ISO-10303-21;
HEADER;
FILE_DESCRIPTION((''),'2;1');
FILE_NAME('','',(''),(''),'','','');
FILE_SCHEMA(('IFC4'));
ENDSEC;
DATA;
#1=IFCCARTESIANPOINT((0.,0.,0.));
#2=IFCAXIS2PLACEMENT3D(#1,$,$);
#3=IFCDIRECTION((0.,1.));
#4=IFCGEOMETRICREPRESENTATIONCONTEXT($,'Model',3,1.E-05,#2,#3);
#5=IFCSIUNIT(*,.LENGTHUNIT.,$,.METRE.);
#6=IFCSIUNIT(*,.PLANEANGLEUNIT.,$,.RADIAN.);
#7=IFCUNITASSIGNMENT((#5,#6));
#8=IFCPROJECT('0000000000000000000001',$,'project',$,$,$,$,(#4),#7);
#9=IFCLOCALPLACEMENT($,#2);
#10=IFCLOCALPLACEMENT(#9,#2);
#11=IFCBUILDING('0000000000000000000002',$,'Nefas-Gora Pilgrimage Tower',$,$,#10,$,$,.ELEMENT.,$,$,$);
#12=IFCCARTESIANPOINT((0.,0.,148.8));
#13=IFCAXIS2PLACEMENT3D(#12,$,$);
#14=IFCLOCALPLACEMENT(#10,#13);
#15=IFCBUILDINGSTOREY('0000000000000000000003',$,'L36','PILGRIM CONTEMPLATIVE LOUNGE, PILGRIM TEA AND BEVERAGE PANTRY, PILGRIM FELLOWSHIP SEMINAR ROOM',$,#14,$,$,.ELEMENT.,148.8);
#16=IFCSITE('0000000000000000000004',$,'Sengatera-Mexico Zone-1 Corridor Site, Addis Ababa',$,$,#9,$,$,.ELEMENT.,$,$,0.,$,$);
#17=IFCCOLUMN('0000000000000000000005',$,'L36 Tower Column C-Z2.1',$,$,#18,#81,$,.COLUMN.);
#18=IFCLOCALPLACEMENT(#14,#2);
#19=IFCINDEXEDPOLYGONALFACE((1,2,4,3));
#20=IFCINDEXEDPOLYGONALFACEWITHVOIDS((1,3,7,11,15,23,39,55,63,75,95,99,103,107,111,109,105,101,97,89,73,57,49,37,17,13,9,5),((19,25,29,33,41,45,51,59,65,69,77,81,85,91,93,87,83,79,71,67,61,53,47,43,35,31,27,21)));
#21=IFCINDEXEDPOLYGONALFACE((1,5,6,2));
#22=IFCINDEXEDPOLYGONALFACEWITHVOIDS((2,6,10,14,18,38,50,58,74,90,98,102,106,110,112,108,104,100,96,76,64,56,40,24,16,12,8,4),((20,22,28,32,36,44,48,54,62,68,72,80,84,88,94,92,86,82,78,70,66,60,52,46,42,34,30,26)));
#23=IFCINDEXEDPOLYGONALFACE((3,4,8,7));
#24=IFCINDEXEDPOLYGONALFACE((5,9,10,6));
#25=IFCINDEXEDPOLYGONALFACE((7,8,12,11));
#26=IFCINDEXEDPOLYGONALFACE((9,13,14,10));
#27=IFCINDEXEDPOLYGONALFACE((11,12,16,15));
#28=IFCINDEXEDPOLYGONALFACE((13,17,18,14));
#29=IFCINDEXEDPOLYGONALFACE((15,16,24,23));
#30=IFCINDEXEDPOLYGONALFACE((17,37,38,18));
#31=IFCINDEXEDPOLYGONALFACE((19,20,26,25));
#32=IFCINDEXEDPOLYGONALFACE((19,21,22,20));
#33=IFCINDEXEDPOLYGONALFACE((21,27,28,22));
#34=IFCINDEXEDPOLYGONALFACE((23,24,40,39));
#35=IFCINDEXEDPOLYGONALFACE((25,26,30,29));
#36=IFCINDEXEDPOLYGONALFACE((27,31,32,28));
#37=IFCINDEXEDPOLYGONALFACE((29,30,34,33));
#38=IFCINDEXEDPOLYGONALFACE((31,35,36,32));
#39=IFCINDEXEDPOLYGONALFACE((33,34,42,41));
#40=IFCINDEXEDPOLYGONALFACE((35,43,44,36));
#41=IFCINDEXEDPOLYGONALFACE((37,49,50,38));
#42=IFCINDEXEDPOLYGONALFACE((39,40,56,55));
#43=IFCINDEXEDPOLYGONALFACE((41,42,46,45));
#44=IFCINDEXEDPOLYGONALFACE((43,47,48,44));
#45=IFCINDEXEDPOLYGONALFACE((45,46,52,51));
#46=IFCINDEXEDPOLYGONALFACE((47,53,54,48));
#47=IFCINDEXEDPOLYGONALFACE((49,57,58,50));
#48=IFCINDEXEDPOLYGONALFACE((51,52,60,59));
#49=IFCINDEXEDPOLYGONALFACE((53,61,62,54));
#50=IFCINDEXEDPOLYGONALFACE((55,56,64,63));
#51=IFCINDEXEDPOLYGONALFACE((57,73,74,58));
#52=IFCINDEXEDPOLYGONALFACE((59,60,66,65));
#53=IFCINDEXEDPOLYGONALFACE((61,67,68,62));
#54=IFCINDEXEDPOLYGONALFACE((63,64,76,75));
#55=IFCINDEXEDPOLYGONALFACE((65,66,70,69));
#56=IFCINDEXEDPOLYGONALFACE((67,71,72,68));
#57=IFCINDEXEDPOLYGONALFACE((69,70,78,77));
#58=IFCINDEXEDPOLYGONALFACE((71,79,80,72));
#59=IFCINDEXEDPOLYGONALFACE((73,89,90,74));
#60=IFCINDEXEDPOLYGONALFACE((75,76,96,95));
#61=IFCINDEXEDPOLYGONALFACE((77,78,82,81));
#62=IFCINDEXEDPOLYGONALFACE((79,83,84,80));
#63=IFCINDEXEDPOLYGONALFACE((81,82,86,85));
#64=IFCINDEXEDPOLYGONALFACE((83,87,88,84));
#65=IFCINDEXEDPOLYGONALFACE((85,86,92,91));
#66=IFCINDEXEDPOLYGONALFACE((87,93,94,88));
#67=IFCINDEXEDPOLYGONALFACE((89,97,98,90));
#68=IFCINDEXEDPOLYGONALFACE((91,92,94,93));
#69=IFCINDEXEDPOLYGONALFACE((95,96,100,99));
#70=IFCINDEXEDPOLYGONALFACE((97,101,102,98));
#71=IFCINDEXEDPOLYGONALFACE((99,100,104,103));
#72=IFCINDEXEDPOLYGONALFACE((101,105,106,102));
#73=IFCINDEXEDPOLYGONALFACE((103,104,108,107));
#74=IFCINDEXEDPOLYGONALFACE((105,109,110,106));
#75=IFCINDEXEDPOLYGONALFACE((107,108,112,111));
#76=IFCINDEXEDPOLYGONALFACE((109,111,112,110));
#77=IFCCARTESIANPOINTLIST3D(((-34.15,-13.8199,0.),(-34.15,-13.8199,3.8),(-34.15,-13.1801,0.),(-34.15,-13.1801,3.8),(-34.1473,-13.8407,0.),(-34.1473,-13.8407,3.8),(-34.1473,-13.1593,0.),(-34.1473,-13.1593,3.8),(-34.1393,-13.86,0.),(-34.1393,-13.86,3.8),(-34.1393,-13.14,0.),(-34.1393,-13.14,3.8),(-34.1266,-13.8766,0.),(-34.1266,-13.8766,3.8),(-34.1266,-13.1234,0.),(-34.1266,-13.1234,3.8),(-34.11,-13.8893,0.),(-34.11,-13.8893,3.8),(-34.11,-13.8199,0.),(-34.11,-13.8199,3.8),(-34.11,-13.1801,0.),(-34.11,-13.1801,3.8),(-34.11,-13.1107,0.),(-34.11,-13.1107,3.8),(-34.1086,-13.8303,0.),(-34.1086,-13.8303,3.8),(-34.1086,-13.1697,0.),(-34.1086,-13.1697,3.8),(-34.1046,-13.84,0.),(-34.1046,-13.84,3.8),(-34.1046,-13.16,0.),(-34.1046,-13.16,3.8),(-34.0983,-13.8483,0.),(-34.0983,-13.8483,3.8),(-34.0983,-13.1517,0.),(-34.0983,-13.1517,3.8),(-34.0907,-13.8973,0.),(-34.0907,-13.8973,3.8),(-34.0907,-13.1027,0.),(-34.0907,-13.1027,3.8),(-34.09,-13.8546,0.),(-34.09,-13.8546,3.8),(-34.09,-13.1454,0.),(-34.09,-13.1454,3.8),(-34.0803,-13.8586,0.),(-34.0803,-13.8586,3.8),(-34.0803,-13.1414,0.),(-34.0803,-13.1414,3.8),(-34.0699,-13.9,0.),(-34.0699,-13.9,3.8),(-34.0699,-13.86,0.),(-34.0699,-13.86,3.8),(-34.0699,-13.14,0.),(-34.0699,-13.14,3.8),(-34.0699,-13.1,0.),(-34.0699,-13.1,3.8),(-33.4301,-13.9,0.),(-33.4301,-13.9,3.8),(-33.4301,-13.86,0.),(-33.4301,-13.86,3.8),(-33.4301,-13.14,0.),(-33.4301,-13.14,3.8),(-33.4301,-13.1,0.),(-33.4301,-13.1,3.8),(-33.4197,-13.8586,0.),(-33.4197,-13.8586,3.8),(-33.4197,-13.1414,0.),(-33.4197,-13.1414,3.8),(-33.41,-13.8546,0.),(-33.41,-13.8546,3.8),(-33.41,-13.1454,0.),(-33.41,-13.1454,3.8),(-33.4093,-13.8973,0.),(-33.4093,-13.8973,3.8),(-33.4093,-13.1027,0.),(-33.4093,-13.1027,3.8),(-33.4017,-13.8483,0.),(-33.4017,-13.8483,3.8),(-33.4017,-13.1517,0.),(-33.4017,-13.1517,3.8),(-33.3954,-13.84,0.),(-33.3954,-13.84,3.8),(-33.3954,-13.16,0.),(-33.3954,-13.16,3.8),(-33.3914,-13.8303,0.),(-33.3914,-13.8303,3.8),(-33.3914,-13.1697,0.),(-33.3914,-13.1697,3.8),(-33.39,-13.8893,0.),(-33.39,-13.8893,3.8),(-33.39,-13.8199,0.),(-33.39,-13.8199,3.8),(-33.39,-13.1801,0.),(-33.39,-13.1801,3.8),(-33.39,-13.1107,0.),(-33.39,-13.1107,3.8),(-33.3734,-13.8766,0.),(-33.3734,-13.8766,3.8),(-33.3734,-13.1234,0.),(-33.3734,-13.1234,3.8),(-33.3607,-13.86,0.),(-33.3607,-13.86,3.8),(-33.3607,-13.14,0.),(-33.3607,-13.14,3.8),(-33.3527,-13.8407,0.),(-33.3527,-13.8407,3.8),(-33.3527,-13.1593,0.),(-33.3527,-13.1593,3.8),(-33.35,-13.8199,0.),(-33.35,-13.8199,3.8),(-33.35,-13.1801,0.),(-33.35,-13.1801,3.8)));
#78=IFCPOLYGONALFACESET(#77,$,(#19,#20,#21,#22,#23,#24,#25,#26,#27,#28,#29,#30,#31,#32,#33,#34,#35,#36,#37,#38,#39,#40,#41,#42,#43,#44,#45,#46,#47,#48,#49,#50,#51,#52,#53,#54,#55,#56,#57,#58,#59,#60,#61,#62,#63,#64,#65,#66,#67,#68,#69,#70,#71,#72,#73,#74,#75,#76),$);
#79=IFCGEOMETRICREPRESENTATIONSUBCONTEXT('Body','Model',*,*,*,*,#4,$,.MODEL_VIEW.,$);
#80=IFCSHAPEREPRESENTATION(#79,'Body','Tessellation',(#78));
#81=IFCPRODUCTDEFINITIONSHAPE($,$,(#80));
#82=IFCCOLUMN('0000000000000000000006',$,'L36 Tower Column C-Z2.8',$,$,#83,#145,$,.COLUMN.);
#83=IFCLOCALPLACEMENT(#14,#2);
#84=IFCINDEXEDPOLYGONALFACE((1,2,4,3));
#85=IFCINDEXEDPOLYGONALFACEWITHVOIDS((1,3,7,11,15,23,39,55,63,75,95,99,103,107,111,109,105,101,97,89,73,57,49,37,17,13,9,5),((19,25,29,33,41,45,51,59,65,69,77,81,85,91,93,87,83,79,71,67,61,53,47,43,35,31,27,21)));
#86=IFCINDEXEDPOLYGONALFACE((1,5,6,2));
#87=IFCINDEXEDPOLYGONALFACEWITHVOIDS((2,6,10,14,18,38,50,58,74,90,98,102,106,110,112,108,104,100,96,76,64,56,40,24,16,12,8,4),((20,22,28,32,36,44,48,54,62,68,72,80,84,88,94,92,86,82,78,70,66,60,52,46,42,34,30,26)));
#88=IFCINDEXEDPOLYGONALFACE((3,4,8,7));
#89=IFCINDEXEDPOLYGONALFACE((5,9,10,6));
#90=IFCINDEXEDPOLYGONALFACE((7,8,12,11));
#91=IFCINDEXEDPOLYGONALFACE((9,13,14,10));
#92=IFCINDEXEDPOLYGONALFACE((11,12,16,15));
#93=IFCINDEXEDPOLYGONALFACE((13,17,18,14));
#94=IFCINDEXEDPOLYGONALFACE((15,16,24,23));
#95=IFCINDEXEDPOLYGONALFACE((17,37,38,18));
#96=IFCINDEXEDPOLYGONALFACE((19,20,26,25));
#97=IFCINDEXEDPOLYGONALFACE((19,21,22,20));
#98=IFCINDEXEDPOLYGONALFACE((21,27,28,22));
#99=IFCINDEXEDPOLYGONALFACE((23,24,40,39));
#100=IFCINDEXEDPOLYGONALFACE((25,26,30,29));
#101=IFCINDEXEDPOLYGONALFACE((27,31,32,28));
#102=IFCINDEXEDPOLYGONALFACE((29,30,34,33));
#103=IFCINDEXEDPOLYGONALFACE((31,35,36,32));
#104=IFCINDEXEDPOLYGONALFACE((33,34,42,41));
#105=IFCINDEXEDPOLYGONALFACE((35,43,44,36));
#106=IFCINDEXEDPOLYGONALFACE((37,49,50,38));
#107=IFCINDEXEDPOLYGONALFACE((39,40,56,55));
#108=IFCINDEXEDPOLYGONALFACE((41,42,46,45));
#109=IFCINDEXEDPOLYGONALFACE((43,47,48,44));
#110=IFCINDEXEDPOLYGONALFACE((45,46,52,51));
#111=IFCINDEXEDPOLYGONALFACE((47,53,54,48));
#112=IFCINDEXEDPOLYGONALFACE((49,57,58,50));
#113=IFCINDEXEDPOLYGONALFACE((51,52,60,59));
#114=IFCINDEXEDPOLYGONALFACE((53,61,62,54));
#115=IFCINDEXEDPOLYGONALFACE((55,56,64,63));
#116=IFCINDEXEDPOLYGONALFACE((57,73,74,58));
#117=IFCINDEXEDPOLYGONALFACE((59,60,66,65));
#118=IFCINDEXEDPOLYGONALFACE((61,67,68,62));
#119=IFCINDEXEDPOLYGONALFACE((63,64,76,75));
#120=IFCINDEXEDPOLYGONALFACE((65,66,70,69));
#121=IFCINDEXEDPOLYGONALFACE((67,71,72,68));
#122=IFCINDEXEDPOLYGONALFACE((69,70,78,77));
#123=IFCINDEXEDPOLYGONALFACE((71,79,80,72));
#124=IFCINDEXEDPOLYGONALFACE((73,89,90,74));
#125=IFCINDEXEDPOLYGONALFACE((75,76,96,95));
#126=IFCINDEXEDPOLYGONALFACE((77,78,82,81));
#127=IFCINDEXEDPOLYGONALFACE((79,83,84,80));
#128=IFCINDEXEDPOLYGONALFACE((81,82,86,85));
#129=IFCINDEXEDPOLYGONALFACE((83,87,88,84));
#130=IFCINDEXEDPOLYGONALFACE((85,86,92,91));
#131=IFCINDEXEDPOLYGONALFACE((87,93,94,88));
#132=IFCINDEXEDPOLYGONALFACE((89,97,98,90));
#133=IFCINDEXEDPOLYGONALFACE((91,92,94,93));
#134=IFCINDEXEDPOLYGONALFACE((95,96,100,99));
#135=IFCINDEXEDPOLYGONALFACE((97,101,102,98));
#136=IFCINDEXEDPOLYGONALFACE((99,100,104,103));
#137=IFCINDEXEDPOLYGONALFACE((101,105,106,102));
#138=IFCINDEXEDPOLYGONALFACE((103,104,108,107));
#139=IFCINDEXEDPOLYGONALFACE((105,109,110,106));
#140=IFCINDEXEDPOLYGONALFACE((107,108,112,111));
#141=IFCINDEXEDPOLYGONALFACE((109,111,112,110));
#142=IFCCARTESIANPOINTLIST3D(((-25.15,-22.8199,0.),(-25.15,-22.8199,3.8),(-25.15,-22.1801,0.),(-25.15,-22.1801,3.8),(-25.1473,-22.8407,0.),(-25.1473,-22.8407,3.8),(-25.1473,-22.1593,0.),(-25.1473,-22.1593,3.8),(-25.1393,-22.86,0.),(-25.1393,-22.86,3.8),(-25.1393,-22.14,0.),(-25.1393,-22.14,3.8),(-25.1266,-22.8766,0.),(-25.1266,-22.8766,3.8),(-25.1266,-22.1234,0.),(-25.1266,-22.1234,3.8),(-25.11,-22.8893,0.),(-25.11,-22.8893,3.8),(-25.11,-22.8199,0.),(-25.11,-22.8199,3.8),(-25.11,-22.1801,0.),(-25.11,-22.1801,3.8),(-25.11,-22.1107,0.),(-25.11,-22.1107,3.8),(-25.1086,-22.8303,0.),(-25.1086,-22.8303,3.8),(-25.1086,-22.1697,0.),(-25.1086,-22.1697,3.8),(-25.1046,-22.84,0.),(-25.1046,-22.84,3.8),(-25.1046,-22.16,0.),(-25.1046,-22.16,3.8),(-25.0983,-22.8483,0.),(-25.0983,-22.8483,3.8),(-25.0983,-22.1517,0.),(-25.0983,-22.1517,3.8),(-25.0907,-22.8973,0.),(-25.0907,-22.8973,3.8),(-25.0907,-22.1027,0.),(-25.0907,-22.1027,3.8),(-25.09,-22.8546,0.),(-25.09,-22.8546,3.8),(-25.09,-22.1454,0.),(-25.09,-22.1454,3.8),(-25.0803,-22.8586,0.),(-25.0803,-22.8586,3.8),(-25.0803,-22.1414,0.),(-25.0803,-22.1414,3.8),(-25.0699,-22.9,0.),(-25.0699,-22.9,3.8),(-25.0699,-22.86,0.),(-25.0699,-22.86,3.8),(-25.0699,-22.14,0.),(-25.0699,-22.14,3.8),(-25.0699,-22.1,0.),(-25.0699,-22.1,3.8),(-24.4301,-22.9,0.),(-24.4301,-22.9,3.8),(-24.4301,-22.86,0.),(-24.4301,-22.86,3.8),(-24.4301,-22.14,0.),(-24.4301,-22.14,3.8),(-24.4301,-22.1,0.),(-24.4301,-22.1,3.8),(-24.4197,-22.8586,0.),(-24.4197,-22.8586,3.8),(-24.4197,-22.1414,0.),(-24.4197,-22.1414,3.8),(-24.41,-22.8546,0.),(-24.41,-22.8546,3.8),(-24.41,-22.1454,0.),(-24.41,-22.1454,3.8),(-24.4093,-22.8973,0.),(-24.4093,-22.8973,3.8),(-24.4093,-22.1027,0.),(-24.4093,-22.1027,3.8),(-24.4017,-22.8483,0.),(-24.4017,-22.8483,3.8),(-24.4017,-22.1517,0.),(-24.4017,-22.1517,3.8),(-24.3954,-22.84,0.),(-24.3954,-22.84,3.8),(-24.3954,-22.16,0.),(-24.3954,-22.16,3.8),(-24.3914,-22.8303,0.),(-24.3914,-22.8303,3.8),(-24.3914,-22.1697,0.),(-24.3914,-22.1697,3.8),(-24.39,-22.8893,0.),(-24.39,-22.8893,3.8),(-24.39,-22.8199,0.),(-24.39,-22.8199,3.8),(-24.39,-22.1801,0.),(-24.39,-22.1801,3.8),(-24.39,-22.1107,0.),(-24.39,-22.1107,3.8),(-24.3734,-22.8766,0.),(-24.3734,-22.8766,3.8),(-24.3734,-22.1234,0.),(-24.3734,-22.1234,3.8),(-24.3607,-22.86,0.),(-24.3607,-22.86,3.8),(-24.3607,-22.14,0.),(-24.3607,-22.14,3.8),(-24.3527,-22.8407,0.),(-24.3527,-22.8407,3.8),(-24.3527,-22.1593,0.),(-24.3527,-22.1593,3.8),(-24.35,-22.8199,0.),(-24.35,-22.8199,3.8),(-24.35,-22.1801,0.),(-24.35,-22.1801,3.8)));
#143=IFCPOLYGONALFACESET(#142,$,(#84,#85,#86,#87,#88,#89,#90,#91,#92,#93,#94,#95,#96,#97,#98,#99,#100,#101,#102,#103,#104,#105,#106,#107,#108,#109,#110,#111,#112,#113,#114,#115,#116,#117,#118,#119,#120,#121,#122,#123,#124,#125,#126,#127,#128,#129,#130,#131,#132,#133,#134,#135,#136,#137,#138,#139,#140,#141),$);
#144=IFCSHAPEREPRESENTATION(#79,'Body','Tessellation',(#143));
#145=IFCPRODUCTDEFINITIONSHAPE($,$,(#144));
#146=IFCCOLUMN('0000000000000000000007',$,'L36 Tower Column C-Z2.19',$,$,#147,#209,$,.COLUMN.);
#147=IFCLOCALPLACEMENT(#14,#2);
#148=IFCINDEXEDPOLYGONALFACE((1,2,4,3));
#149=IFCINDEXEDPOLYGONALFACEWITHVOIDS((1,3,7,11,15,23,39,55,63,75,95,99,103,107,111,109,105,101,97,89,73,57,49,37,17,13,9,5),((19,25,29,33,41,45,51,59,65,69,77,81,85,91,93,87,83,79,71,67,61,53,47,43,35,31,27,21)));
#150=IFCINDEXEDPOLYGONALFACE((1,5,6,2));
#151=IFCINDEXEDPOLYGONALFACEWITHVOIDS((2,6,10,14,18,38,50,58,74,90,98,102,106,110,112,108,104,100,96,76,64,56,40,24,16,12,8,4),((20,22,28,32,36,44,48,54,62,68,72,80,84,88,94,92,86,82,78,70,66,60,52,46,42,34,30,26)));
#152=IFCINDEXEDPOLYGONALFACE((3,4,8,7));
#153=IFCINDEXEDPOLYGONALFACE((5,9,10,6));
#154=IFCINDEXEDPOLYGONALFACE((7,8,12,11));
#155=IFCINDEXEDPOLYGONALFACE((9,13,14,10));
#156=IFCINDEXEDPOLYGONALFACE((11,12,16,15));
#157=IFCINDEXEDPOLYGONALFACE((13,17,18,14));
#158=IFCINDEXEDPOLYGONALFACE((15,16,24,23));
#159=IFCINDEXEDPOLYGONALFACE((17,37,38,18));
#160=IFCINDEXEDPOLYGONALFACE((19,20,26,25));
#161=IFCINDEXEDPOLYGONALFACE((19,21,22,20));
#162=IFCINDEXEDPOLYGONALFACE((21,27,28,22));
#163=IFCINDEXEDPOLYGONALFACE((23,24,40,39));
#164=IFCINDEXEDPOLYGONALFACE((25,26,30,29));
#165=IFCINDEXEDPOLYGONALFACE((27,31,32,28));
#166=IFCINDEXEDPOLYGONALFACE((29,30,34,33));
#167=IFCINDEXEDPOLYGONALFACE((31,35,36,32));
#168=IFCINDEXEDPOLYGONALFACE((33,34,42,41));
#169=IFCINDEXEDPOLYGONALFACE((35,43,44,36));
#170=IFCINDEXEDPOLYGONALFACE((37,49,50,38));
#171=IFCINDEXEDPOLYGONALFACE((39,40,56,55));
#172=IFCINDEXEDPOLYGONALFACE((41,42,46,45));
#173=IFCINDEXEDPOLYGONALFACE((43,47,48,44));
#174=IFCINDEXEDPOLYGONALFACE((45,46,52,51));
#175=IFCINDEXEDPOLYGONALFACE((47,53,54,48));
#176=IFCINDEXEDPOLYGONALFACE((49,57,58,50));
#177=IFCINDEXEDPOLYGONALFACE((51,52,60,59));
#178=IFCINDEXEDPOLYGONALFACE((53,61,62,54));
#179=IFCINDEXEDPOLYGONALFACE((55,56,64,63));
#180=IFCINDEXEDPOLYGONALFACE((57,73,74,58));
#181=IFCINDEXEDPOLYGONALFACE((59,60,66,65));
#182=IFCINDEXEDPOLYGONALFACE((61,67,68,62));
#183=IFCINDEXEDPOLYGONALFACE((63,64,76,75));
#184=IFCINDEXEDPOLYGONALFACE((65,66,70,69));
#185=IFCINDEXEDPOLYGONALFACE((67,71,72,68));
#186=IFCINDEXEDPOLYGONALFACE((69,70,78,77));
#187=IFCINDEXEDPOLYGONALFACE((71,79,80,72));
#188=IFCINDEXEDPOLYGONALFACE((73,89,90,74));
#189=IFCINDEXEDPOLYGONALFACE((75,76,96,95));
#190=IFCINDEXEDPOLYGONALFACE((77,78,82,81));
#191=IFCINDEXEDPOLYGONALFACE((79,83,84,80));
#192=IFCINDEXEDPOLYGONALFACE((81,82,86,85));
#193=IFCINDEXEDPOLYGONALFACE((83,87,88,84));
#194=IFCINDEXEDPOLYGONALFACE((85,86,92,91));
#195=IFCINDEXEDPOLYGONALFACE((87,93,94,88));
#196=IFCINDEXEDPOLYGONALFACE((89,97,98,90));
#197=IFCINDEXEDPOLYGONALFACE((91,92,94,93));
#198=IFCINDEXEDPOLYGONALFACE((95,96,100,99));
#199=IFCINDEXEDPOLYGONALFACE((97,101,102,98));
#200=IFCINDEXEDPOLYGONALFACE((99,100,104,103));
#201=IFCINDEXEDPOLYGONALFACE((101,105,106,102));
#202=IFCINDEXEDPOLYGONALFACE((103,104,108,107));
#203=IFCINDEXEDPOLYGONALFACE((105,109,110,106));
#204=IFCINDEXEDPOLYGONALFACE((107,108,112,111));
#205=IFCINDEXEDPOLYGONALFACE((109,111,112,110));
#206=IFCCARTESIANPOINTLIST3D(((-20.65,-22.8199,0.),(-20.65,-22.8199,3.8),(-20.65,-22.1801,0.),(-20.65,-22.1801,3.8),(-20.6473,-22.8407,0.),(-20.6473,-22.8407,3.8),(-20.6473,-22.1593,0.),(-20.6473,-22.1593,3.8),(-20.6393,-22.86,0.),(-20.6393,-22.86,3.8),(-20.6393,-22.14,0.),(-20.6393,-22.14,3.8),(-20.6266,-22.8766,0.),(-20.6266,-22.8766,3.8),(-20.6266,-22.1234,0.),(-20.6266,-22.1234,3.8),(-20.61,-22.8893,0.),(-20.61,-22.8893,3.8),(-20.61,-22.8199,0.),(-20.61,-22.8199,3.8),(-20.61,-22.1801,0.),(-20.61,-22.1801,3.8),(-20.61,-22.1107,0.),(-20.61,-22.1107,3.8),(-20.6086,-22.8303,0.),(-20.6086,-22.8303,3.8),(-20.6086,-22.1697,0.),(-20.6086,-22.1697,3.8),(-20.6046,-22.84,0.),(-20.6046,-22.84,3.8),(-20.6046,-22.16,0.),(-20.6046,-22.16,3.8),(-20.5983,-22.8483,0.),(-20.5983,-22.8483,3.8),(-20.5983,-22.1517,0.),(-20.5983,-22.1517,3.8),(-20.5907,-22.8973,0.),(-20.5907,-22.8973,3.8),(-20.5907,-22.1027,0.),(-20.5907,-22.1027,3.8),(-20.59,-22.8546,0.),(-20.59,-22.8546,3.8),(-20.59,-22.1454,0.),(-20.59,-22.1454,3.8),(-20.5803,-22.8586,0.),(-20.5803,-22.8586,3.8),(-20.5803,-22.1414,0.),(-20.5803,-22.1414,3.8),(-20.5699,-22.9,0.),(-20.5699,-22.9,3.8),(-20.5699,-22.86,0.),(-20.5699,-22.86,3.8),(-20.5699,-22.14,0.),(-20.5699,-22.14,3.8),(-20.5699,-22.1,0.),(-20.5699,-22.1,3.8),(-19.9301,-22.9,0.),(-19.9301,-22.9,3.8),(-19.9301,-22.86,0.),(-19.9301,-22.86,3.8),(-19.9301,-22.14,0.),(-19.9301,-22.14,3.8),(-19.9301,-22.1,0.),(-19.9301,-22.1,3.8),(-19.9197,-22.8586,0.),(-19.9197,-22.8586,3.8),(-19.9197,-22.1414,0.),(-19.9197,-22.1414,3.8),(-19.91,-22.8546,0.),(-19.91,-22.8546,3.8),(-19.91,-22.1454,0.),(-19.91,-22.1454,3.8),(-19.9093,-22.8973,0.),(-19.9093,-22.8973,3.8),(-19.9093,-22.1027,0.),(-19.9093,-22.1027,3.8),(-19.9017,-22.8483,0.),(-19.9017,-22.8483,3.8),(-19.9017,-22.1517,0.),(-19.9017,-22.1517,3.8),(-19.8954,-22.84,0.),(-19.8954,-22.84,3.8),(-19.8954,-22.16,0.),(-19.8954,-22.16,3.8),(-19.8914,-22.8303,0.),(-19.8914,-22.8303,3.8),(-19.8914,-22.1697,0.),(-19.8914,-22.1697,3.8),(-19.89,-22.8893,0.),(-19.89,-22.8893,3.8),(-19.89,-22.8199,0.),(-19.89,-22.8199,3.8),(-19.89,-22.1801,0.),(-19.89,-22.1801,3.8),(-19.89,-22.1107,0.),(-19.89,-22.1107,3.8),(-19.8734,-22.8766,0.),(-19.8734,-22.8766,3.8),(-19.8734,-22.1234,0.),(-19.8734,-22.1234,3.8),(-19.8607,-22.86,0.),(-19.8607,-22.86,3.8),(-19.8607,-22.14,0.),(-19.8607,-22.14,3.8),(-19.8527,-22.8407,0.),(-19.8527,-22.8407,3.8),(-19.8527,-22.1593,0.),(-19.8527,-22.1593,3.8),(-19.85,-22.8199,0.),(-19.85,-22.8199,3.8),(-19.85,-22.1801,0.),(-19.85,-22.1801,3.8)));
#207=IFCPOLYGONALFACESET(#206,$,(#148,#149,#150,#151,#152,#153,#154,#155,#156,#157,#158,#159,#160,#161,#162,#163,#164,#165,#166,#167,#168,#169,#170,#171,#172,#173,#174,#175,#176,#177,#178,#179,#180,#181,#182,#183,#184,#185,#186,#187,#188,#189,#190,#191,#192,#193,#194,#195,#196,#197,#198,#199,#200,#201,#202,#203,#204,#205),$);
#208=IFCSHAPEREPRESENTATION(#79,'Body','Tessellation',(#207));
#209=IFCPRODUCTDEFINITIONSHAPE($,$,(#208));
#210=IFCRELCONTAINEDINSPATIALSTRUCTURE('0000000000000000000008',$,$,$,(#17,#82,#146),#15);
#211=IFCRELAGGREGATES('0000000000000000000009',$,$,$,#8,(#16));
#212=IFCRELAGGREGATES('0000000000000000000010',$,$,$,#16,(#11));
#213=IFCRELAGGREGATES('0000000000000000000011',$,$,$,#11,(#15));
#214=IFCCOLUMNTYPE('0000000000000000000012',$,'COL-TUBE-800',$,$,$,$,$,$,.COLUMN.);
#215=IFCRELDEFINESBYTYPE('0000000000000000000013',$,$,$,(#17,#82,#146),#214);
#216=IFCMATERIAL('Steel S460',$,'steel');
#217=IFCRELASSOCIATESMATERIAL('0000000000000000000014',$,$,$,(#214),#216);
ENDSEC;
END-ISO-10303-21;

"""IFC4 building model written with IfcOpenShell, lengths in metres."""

from ifc_helpers import new_model, si_unit, direction, frame, origin, origin_2d, place, context, subcontext, project, spatial, hollow_rectangle, extrude, source, transform, mapped, material, material_profile, profile_set, type_object, element, save


model = new_model("IFC4")

# Units and contexts
model_context = context("Model", 3, precision=1e-05, world=origin(), true_north=direction((0.0, 1.0)))
body_context = subcontext(model_context, "Body", "Model", "MODEL_VIEW")
ifc_project = project(units=[si_unit("LENGTHUNIT", "METRE"), si_unit("PLANEANGLEUNIT", "RADIAN")], contexts=[model_context])

# Site, building, storey
site_placement = place(None, origin())
site = spatial("IfcSite", under=ifc_project, at=site_placement, Name="Sengatera-Mexico Zone-1 Corridor Site, Addis Ababa", CompositionType="ELEMENT", RefElevation=0.0)
building_placement = place(site_placement, origin())
building = spatial("IfcBuilding", under=site, at=building_placement, Name="Nefas-Gora Pilgrimage Tower", CompositionType="ELEMENT")
storey_placement = place(building_placement, frame((0.0, 0.0, 148.8)))
storey = spatial("IfcBuildingStorey", under=building, at=storey_placement, Name="L36", Description="PILGRIM CONTEMPLATIVE LOUNGE, PILGRIM TEA AND BEVERAGE PANTRY, PILGRIM FELLOWSHIP SEMINAR ROOM", CompositionType="ELEMENT", Elevation=148.8)

# Columns
ifc_material_1 = material(Name="Steel S460", Category="steel")
ifc_material_profile_1 = material_profile(ifc_material_1, hollow_rectangle(XDim=0.8, YDim=0.8, WallThickness=0.04, InnerFilletRadius=0.04, OuterFilletRadius=0.0801, at=origin_2d()), Name="BOX 800x800x40")
ifc_profile_set_1 = profile_set([ifc_material_profile_1], Name="Steel S460")
column_type_1 = type_object("IfcColumnType", Name="COL-TUBE-800", PredefinedType="COLUMN", material=ifc_profile_set_1)
shared_shape_1 = source(origin(), body_context, "Body", "SweptSolid", [
    extrude(hollow_rectangle(XDim=0.8, YDim=0.8, WallThickness=0.04, InnerFilletRadius=0.04, OuterFilletRadius=0.0801, at=origin_2d()), origin(), (0.0, 0.0, 1.0), 3.8),
])
for number, where, z_axis, x_axis, name in (
    (1, (-33.75, -13.5, 0.0), (0.0, 0.0, 1.0), (1.0, 0.0, 0.0), "L36 Tower Column C-Z2.1"),
    (2, (-24.75, -22.5, 0.0), (0.0, 0.0, 1.0), (1.0, 0.0, 0.0), "L36 Tower Column C-Z2.8"),
    (3, (-20.25, -22.5, 0.0), (0.0, 0.0, 1.0), (1.0, 0.0, 0.0), "L36 Tower Column C-Z2.19"),
):
    element("IfcColumn", number, at=place(storey_placement, frame(where, z_axis=z_axis, x_axis=x_axis)), inside=storey, type_object=column_type_1, Name=name, PredefinedType="COLUMN", context=body_context, shape_type="MappedRepresentation", body=[
        mapped(shared_shape_1, transform((0.0, 0.0, 0.0), x_axis=(1.0, 0.0, 0.0), y_axis=(0.0, 1.0, 0.0), z_axis=(0.0, 0.0, 1.0), scale=1.0)),
    ])

save(model, "model.ifc")
